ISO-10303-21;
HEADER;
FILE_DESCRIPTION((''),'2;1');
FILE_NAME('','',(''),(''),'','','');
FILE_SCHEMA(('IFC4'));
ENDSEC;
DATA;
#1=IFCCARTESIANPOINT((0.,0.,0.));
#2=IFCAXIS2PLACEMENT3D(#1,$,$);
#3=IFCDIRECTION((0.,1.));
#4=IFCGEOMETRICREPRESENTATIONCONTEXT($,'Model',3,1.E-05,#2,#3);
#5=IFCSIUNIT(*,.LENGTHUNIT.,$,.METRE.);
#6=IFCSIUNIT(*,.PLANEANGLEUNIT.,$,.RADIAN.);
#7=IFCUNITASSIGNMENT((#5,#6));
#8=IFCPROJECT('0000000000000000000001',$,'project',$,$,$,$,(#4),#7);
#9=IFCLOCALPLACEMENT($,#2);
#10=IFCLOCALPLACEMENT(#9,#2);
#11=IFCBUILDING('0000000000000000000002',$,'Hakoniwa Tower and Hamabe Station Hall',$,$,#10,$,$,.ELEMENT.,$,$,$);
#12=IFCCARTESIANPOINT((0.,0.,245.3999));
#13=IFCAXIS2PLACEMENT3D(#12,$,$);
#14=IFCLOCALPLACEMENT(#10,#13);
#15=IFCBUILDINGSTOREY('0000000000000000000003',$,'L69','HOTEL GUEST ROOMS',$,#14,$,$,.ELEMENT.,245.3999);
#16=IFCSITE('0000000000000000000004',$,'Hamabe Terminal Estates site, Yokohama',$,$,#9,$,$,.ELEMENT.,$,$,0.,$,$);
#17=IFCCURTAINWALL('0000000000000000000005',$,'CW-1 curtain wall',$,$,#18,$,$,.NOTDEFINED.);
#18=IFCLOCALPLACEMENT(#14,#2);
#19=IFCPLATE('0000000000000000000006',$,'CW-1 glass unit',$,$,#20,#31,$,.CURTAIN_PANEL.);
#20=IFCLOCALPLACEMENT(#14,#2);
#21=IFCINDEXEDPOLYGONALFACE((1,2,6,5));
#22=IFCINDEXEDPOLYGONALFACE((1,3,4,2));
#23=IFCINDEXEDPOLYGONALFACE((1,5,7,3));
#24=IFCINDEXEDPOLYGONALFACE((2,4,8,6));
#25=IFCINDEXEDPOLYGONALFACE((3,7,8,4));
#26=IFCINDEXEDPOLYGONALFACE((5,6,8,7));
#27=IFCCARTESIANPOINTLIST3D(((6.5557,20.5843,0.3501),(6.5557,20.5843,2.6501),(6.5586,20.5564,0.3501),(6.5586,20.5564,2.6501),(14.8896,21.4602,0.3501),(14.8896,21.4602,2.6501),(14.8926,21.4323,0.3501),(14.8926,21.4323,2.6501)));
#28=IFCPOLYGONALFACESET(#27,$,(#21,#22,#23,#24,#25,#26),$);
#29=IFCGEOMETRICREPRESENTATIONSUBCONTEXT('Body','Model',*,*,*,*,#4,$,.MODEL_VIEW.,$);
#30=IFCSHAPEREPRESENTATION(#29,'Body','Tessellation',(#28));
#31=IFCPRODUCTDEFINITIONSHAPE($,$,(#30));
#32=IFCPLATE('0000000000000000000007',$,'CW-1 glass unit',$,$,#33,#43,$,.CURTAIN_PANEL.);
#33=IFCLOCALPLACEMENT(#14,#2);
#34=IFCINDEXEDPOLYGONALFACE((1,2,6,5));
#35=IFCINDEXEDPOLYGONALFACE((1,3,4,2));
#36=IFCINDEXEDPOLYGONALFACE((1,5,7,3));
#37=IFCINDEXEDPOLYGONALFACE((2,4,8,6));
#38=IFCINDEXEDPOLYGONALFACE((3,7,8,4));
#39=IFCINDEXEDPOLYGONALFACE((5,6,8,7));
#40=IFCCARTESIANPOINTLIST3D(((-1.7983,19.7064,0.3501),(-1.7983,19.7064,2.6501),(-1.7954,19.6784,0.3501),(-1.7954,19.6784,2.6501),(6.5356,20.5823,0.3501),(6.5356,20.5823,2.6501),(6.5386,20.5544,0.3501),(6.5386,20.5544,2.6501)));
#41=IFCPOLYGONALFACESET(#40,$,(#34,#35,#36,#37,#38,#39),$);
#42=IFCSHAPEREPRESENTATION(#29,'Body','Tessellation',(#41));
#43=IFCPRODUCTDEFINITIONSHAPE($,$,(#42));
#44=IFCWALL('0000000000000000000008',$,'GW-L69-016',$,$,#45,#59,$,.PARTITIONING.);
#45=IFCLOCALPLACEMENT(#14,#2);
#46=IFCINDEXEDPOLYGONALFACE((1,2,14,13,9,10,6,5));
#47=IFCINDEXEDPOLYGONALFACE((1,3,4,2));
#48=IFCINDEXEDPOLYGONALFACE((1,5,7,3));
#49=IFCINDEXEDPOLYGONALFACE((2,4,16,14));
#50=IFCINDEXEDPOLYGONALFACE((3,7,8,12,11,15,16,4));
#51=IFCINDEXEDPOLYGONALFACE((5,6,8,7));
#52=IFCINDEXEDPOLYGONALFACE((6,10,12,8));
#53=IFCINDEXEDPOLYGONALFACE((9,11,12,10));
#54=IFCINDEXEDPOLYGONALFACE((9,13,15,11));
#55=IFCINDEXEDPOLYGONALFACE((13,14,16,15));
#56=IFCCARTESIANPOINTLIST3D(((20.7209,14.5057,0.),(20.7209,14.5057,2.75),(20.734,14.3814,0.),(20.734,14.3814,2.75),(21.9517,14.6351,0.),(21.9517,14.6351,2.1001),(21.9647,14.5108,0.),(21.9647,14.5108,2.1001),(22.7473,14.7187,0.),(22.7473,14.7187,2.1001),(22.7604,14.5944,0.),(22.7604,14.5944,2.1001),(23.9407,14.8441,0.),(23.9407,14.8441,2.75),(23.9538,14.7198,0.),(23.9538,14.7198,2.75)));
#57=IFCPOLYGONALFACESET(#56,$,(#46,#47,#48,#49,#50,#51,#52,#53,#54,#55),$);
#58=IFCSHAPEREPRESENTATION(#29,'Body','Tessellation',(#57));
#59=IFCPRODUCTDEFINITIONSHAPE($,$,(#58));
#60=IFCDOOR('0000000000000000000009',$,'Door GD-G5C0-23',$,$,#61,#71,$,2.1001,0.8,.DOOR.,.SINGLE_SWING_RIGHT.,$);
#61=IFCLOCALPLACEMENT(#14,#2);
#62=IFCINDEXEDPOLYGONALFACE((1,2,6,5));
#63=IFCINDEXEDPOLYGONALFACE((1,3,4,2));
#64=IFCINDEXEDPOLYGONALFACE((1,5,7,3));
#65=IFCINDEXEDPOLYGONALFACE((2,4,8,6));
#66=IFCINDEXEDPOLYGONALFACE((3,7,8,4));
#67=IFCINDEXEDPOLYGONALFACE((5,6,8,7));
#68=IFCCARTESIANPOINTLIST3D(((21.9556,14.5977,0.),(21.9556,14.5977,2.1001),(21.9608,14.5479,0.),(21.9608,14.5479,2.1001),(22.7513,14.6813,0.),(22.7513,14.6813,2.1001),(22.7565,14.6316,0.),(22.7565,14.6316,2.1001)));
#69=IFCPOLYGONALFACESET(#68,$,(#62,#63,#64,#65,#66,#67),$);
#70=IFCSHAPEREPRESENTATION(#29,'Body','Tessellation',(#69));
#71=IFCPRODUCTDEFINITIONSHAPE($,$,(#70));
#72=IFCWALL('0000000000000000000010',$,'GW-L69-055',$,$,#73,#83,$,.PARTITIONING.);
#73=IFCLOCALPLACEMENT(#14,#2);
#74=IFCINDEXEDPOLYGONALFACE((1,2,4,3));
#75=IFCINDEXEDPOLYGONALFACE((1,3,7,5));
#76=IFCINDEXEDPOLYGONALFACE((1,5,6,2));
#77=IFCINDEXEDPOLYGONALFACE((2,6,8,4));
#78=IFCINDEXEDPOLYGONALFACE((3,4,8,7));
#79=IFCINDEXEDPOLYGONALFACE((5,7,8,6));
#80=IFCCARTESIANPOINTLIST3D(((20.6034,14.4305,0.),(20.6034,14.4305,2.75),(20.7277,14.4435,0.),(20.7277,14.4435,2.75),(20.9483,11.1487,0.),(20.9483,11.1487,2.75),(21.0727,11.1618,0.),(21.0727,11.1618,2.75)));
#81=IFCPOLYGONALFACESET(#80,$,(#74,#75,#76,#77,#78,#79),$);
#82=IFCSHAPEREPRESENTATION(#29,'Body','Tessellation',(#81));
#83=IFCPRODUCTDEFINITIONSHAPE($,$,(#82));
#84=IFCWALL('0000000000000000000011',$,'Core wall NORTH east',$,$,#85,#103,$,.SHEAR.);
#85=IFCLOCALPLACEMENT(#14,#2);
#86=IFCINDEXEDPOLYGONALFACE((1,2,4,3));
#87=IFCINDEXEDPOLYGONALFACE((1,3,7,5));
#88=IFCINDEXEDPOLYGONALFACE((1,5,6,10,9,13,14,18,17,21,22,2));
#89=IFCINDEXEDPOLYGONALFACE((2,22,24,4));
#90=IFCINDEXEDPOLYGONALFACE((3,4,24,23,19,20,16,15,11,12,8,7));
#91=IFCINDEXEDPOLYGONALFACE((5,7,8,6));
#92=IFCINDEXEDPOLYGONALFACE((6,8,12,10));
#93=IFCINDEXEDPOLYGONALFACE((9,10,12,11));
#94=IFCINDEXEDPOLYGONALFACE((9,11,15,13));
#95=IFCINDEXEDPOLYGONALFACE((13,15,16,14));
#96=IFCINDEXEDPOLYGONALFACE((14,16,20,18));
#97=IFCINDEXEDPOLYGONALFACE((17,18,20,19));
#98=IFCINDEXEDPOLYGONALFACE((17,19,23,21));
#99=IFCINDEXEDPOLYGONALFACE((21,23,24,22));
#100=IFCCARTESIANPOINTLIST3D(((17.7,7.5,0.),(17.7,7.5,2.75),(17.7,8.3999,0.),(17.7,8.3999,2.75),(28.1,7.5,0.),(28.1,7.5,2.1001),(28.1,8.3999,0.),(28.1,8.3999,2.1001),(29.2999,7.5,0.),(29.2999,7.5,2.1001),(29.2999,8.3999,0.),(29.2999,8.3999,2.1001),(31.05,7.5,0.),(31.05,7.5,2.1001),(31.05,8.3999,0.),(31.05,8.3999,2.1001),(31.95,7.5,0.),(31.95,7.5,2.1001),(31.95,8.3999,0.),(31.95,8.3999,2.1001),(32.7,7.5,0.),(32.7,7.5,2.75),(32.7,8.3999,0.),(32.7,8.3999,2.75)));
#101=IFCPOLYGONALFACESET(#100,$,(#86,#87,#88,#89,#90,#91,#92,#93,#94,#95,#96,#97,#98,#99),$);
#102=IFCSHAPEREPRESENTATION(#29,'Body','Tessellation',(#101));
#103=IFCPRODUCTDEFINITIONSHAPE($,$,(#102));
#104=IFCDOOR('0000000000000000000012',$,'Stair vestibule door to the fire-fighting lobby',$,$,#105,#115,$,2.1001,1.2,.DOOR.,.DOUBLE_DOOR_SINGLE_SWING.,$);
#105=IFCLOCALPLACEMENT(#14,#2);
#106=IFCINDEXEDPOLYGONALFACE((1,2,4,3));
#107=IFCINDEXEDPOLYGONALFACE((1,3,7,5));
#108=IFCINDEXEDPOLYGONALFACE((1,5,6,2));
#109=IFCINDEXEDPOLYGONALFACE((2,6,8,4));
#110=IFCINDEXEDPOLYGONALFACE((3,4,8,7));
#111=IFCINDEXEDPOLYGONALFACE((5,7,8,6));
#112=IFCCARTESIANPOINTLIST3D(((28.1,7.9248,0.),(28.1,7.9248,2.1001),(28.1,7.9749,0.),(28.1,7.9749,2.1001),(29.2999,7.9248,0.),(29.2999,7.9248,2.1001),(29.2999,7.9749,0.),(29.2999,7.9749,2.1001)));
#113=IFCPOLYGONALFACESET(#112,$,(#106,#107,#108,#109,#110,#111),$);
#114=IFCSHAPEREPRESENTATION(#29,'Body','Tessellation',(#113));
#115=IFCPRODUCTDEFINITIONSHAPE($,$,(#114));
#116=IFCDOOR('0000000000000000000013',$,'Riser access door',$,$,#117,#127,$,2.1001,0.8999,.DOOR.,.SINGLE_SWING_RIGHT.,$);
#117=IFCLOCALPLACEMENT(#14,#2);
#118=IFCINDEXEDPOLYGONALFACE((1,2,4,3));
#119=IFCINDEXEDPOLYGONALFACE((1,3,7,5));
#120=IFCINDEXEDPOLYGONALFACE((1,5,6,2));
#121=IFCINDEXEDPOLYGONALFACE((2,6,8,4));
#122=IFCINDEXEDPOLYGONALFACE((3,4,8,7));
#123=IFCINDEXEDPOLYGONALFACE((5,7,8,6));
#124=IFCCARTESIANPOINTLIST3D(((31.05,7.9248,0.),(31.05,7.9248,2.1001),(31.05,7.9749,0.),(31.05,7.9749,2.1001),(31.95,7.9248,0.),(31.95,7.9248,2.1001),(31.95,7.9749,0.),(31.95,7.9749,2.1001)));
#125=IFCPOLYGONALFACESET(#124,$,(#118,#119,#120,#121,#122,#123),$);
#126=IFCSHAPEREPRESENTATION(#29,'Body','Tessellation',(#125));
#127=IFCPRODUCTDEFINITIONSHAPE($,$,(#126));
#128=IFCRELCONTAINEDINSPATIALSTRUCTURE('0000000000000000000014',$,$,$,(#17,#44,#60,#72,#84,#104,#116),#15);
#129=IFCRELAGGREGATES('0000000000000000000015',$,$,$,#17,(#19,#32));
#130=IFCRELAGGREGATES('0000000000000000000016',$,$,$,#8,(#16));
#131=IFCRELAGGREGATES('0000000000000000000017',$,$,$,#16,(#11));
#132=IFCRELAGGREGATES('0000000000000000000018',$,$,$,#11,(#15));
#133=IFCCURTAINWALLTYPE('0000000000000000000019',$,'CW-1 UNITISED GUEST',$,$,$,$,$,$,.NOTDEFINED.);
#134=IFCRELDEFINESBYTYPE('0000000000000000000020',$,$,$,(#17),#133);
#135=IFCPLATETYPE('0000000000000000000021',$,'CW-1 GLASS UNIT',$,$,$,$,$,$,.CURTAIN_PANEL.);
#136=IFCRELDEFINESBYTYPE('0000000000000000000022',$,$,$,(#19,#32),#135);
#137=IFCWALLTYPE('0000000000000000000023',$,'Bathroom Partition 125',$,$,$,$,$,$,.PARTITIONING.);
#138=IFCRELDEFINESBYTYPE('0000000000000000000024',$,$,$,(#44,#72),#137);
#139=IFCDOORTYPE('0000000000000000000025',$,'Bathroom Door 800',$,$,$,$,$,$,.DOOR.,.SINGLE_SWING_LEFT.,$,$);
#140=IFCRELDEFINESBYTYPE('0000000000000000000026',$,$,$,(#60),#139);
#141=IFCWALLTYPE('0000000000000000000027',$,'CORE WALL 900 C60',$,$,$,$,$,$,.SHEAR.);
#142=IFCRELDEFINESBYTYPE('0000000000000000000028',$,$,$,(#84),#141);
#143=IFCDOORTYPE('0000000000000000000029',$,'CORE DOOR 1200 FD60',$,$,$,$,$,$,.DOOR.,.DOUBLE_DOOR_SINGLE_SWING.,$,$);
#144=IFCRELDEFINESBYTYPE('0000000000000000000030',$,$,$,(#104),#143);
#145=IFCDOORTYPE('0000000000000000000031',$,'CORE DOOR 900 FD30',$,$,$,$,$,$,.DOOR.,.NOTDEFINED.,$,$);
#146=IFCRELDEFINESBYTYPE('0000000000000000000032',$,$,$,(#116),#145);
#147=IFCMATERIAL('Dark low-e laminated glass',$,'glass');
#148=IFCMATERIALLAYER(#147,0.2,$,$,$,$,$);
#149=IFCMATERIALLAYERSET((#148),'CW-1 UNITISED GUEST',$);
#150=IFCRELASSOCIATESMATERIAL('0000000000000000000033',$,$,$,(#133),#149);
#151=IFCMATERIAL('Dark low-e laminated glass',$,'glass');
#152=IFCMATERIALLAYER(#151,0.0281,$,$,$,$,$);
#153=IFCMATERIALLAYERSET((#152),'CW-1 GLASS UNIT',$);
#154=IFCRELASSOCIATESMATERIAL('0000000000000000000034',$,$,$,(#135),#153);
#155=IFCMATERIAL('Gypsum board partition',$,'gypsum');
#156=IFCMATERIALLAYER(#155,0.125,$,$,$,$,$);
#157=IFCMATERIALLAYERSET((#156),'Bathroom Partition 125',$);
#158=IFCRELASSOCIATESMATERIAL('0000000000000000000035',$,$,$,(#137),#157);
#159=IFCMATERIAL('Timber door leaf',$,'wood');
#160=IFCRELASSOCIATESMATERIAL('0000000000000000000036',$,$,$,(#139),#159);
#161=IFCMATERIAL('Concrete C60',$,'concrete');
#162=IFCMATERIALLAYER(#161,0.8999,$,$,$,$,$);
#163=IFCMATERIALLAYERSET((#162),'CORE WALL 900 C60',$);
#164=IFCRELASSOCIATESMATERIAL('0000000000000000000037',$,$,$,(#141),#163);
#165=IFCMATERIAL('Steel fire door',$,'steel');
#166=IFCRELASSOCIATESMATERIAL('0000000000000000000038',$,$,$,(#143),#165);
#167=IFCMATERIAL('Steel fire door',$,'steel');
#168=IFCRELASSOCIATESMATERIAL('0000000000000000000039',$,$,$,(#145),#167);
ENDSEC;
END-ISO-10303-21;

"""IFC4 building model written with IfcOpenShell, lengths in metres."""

from ifc_helpers import new_model, si_unit, direction, frame, frame_2d, origin, origin_2d, place, context, subcontext, project, spatial, rectangle, extrude, material, layer, layer_set, type_object, element, fill, aggregate, save


model = new_model("IFC4")

# Units and contexts
model_context = context("Model", 3, precision=1e-05, world=origin(), true_north=direction((0.0, 1.0)))
body_context = subcontext(model_context, "Body", "Model", "MODEL_VIEW")
ifc_project = project(units=[si_unit("LENGTHUNIT", "METRE"), si_unit("PLANEANGLEUNIT", "RADIAN")], contexts=[model_context])

# Site, building, storey
site_placement = place(None, origin())
site = spatial("IfcSite", under=ifc_project, at=site_placement, Name="Hamabe Terminal Estates site, Yokohama", CompositionType="ELEMENT", RefElevation=0.0)
building_placement = place(site_placement, origin())
building = spatial("IfcBuilding", under=site, at=building_placement, Name="Hakoniwa Tower and Hamabe Station Hall", CompositionType="ELEMENT")
storey_placement = place(building_placement, frame((0.0, 0.0, 245.3999)))
storey = spatial("IfcBuildingStorey", under=building, at=storey_placement, Name="L69", Description="HOTEL GUEST ROOMS", CompositionType="ELEMENT", Elevation=245.3999)

# Curtain wall, plates
ifc_material_1 = material(Name="Dark low-e laminated glass", Category="glass")
ifc_layer_1 = layer(ifc_material_1, 0.2)
ifc_layer_set_1 = layer_set([ifc_layer_1], Name="CW-1 UNITISED GUEST")
curtain_wall_type = type_object("IfcCurtainWallType", Name="CW-1 UNITISED GUEST", PredefinedType="NOTDEFINED", material=ifc_layer_set_1)
curtain_wall_placement = place(storey_placement, origin())
curtain_wall = element("IfcCurtainWall", 1, at=curtain_wall_placement, inside=storey, type_object=curtain_wall_type, Name="CW-1 curtain wall", PredefinedType="NOTDEFINED")
ifc_material_2 = material(Name="Dark low-e laminated glass", Category="glass")
ifc_layer_2 = layer(ifc_material_2, 0.0281)
ifc_layer_set_2 = layer_set([ifc_layer_2], Name="CW-1 GLASS UNIT")
plate_type = type_object("IfcPlateType", Name="CW-1 GLASS UNIT", PredefinedType="CURTAIN_PANEL", material=ifc_layer_set_2)
plate_1_placement = place(storey_placement, frame((10.7241, 21.0083, 0.3501), z_axis=(0.0, 0.0, 1.0), x_axis=(-0.994522, -0.104528, 0.0)))
plate_1 = element("IfcPlate", 2, at=plate_1_placement, type_object=plate_type, Name="CW-1 glass unit", PredefinedType="CURTAIN_PANEL", context=body_context, shape_type="SweptSolid", body=[
    extrude(rectangle(XDim=8.3799, YDim=0.0281, at=origin_2d()), origin(), (0.0, 0.0, 1.0), 2.3),
])
plate_2_placement = place(storey_placement, frame((2.3701, 20.1304, 0.3501), z_axis=(0.0, 0.0, 1.0), x_axis=(-0.994522, -0.104528, 0.0)))
plate_2 = element("IfcPlate", 3, at=plate_2_placement, type_object=plate_type, Name="CW-1 glass unit", PredefinedType="CURTAIN_PANEL", context=body_context, shape_type="SweptSolid", body=[
    extrude(rectangle(XDim=8.3799, YDim=0.0281, at=origin_2d()), origin(), (0.0, 0.0, 1.0), 2.3),
])

# Wall, opening, door
ifc_material_3 = material(Name="Gypsum board partition", Category="gypsum")
ifc_layer_3 = layer(ifc_material_3, 0.125)
ifc_layer_set_3 = layer_set([ifc_layer_3], Name="Bathroom Partition 125")
wall_type_1 = type_object("IfcWallType", Name="Bathroom Partition 125", PredefinedType="PARTITIONING", material=ifc_layer_set_3)
wall_1_placement = place(storey_placement, frame((20.7275, 14.4436, 0.0), z_axis=(0.0, 0.0, 1.0), x_axis=(0.994523, 0.10452, 0.0)))
wall_1 = element("IfcWall", 4, at=wall_1_placement, inside=storey, type_object=wall_type_1, Name="GW-L69-016", PredefinedType="PARTITIONING", context=body_context, shape_type="SweptSolid", body=[
    extrude(rectangle(XDim=3.2375, YDim=0.125, at=frame_2d((1.6187, 0.0))), origin(), (0.0, 0.0, 1.0), 2.75),
])
opening_1_placement = place(wall_1_placement, frame((1.2375, 0.0, 0.0)))
opening_1 = element("IfcOpeningElement", 5, at=opening_1_placement, cuts=wall_1, PredefinedType="OPENING", context=body_context, shape_type="SweptSolid", body=[
    extrude(rectangle(XDim=0.8, YDim=2.1001, at=frame_2d((0.3999, 1.05))), frame((0.0, 0.0725, 0.0), z_axis=(0.0, -1.0, 0.0), x_axis=(1.0, 0.0, 0.0)), (0.0, 0.0, 1.0), 0.145),
])
ifc_material_4 = material(Name="Timber door leaf", Category="wood")
door_type_1 = type_object("IfcDoorType", Name="Bathroom Door 800", OperationType="SINGLE_SWING_LEFT", PredefinedType="DOOR", material=ifc_material_4)
door_1_placement = place(opening_1_placement, origin())
door_1 = element("IfcDoor", 6, at=door_1_placement, inside=storey, type_object=door_type_1, Name="Door GD-G5C0-23", OperationType="SINGLE_SWING_RIGHT", OverallHeight=2.1001, OverallWidth=0.8, PredefinedType="DOOR", context=body_context, shape_type="SweptSolid", body=[
    extrude(rectangle(XDim=0.8, YDim=2.1001, at=frame_2d((0.3999, 1.05))), frame((0.0, 0.0249, 0.0), z_axis=(0.0, -1.0, 0.0), x_axis=(1.0, 0.0, 0.0)), (0.0, 0.0, 1.0), 0.05),
])
fill(opening_1, door_1)

# Wall
wall_2_placement = place(storey_placement, frame((21.0105, 11.1553, 0.0), z_axis=(0.0, 0.0, 1.0), x_axis=(-0.104542, 0.99452, 0.0)))
element("IfcWall", 7, at=wall_2_placement, inside=storey, type_object=wall_type_1, Name="GW-L69-055", PredefinedType="PARTITIONING", context=body_context, shape_type="SweptSolid", body=[
    extrude(rectangle(XDim=3.2998, YDim=0.125, at=frame_2d((1.6499, 0.0))), origin(), (0.0, 0.0, 1.0), 2.75),
])

# Wall, openings, doors
ifc_material_5 = material(Name="Concrete C60", Category="concrete")
ifc_layer_4 = layer(ifc_material_5, 0.8999)
ifc_layer_set_4 = layer_set([ifc_layer_4], Name="CORE WALL 900 C60")
wall_type_2 = type_object("IfcWallType", Name="CORE WALL 900 C60", PredefinedType="SHEAR", material=ifc_layer_set_4)
wall_3_placement = place(storey_placement, frame((17.7, 7.95, 0.0), z_axis=(0.0, 0.0, 1.0), x_axis=(1.0, 0.0, 0.0)))
wall_3 = element("IfcWall", 8, at=wall_3_placement, inside=storey, type_object=wall_type_2, Name="Core wall NORTH east", PredefinedType="SHEAR", context=body_context, shape_type="SweptSolid", body=[
    extrude(rectangle(XDim=15.0, YDim=0.8999, at=frame_2d((7.5, 0.0))), origin(), (0.0, 0.0, 1.0), 2.75),
])
opening_2_placement = place(wall_3_placement, frame((10.3999, 0.0, 0.0)))
opening_2 = element("IfcOpeningElement", 9, at=opening_2_placement, cuts=wall_3, PredefinedType="OPENING", context=body_context, shape_type="SweptSolid", body=[
    extrude(rectangle(XDim=1.2, YDim=2.1001, at=frame_2d((0.6001, 1.05))), frame((0.0, 0.46, 0.0), z_axis=(0.0, -1.0, 0.0), x_axis=(1.0, 0.0, 0.0)), (0.0, 0.0, 1.0), 0.9199),
])
opening_3_placement = place(wall_3_placement, frame((13.3501, 0.0, 0.0)))
opening_3 = element("IfcOpeningElement", 10, at=opening_3_placement, cuts=wall_3, PredefinedType="OPENING", context=body_context, shape_type="SweptSolid", body=[
    extrude(rectangle(XDim=0.8999, YDim=2.1001, at=frame_2d((0.45, 1.05))), frame((0.0, 0.46, 0.0), z_axis=(0.0, -1.0, 0.0), x_axis=(1.0, 0.0, 0.0)), (0.0, 0.0, 1.0), 0.9199),
])
ifc_material_6 = material(Name="Steel fire door", Category="steel")
door_type_2 = type_object("IfcDoorType", Name="CORE DOOR 1200 FD60", OperationType="DOUBLE_DOOR_SINGLE_SWING", PredefinedType="DOOR", material=ifc_material_6)
door_2_placement = place(opening_2_placement, origin())
door_2 = element("IfcDoor", 11, at=door_2_placement, inside=storey, type_object=door_type_2, Name="Stair vestibule door to the fire-fighting lobby", OperationType="DOUBLE_DOOR_SINGLE_SWING", OverallHeight=2.1001, OverallWidth=1.2, PredefinedType="DOOR", context=body_context, shape_type="SweptSolid", body=[
    extrude(rectangle(XDim=1.2, YDim=2.1001, at=frame_2d((0.6001, 1.05))), frame((0.0, 0.0249, 0.0), z_axis=(0.0, -1.0, 0.0), x_axis=(1.0, 0.0, 0.0)), (0.0, 0.0, 1.0), 0.05),
])
fill(opening_2, door_2)
ifc_material_7 = material(Name="Steel fire door", Category="steel")
door_type_3 = type_object("IfcDoorType", Name="CORE DOOR 900 FD30", OperationType="NOTDEFINED", PredefinedType="DOOR", material=ifc_material_7)
door_3_placement = place(opening_3_placement, origin())
door_3 = element("IfcDoor", 12, at=door_3_placement, inside=storey, type_object=door_type_3, Name="Riser access door", OperationType="SINGLE_SWING_RIGHT", OverallHeight=2.1001, OverallWidth=0.8999, PredefinedType="DOOR", context=body_context, shape_type="SweptSolid", body=[
    extrude(rectangle(XDim=0.8999, YDim=2.1001, at=frame_2d((0.45, 1.05))), frame((0.0, 0.0249, 0.0), z_axis=(0.0, -1.0, 0.0), x_axis=(1.0, 0.0, 0.0)), (0.0, 0.0, 1.0), 0.05),
])
fill(opening_3, door_3)

aggregate(curtain_wall, [plate_1, plate_2])

save(model, "model.ifc")
